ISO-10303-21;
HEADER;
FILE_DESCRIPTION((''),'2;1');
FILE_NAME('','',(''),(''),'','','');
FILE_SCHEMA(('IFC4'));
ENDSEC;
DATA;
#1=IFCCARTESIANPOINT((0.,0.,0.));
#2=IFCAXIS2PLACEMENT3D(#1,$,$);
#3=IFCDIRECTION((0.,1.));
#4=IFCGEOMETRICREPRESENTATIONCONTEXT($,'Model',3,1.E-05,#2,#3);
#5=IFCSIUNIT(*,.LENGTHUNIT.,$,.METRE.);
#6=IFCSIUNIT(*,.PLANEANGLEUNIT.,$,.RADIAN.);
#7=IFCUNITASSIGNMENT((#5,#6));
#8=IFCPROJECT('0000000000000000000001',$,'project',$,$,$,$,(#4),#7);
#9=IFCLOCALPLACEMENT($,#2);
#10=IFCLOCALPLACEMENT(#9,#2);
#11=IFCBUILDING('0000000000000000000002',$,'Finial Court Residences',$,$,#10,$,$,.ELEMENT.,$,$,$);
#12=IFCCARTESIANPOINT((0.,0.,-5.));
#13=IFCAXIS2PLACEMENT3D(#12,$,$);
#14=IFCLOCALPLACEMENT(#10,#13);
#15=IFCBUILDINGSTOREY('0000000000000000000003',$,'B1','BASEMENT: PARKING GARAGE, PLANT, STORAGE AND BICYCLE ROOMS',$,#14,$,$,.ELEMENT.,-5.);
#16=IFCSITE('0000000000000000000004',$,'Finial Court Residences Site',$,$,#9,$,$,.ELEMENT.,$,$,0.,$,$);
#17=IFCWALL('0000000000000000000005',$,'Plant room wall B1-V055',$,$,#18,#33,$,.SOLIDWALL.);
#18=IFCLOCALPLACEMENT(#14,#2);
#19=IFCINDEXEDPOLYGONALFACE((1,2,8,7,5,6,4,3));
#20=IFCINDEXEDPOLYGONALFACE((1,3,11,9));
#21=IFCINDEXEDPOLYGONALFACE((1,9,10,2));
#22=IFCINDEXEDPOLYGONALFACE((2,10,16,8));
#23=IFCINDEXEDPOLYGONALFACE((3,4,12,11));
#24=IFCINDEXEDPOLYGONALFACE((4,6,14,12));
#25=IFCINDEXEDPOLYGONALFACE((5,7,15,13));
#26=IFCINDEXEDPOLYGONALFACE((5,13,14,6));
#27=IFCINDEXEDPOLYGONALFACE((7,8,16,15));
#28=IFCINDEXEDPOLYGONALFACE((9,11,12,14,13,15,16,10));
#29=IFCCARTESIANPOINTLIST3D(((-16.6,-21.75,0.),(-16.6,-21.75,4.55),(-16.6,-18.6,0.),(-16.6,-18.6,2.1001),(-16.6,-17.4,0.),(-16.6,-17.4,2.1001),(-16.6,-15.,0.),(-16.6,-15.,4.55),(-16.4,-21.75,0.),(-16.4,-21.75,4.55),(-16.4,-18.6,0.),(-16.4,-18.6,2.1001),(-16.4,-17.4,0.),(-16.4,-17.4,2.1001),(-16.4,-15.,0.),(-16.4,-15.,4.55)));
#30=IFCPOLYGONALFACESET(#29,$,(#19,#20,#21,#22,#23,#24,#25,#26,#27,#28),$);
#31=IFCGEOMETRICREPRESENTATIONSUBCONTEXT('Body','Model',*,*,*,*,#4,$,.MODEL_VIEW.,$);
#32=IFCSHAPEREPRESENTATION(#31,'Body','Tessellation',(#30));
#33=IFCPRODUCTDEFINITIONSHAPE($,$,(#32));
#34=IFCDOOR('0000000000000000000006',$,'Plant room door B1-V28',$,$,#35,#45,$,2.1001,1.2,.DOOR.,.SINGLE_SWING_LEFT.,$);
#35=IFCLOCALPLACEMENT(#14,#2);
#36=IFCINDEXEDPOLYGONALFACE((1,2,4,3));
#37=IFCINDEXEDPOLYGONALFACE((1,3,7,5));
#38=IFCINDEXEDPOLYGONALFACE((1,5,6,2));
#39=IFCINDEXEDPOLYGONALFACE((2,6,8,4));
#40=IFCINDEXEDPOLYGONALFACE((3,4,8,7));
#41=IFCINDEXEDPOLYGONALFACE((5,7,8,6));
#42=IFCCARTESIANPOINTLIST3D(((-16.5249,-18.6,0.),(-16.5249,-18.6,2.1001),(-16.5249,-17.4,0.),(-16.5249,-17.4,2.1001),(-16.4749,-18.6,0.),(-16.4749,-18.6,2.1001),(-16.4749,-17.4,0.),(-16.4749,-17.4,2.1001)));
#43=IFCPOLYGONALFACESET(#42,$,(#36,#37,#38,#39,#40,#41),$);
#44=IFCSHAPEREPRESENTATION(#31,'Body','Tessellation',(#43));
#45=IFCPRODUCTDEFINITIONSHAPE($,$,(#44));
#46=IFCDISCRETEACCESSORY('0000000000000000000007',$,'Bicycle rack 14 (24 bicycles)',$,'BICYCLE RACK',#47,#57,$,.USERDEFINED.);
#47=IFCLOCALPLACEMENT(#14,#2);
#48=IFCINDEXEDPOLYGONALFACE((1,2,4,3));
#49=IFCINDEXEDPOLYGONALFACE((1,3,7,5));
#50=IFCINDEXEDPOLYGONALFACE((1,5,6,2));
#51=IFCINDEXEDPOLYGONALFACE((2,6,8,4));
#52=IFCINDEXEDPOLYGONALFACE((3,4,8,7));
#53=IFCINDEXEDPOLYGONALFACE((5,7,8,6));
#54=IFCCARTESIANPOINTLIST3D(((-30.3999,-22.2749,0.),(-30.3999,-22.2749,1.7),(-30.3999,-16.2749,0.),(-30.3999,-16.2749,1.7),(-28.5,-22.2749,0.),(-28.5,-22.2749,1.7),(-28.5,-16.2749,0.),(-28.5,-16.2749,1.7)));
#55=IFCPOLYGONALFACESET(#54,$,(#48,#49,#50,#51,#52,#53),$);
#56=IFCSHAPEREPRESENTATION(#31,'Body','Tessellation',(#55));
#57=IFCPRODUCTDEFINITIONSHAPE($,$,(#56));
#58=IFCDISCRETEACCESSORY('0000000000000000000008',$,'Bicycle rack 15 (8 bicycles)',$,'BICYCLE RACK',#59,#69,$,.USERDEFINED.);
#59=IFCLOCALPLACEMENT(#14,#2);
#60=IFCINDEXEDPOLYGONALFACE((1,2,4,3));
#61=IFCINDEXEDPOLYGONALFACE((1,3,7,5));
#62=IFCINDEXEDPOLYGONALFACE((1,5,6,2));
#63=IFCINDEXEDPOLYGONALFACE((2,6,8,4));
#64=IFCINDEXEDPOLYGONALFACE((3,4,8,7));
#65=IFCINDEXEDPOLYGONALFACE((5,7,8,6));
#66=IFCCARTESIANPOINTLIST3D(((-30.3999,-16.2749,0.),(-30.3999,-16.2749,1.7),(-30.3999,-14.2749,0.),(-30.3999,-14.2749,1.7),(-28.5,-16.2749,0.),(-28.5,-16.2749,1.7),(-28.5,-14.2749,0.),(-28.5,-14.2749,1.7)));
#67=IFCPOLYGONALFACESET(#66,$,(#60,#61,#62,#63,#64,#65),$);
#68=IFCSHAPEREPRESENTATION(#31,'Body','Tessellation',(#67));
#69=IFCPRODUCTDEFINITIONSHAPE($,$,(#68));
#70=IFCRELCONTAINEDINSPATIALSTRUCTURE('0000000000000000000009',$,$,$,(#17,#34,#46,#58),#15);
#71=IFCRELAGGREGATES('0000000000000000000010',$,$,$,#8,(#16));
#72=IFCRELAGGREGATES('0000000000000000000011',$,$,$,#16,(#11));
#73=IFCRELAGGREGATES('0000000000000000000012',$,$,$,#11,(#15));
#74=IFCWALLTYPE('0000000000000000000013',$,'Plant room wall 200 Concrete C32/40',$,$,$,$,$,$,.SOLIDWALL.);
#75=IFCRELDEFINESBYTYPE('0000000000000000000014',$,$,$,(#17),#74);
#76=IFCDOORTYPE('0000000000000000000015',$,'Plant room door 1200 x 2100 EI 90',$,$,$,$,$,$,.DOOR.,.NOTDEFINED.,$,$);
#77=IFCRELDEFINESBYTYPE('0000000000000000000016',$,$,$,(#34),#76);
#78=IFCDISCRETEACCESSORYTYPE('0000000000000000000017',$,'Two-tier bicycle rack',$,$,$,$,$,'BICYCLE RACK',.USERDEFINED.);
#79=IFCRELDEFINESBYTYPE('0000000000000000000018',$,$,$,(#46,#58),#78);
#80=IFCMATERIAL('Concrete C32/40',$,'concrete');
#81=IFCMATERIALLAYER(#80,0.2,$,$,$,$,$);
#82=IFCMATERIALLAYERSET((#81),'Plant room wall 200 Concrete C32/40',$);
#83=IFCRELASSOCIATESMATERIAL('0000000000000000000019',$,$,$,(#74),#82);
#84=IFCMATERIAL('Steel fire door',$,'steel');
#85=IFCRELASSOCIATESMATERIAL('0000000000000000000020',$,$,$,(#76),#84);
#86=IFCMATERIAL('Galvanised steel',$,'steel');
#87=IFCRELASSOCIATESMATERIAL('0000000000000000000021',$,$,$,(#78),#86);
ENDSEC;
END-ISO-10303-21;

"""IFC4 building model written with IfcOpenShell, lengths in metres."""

from ifc_helpers import new_model, si_unit, direction, frame, frame_2d, origin, origin_2d, place, context, subcontext, project, spatial, rectangle, extrude, material, layer, layer_set, type_object, element, fill, save


model = new_model("IFC4")

# Units and contexts
model_context = context("Model", 3, precision=1e-05, world=origin(), true_north=direction((0.0, 1.0)))
body_context = subcontext(model_context, "Body", "Model", "MODEL_VIEW")
ifc_project = project(units=[si_unit("LENGTHUNIT", "METRE"), si_unit("PLANEANGLEUNIT", "RADIAN")], contexts=[model_context])

# Site, building, storey
site_placement = place(None, origin())
site = spatial("IfcSite", under=ifc_project, at=site_placement, Name="Finial Court Residences Site", CompositionType="ELEMENT", RefElevation=0.0)
building_placement = place(site_placement, origin())
building = spatial("IfcBuilding", under=site, at=building_placement, Name="Finial Court Residences", CompositionType="ELEMENT")
storey_placement = place(building_placement, frame((0.0, 0.0, -5.0)))
storey = spatial("IfcBuildingStorey", under=building, at=storey_placement, Name="B1", Description="BASEMENT: PARKING GARAGE, PLANT, STORAGE AND BICYCLE ROOMS", CompositionType="ELEMENT", Elevation=-5.0)

# Shared definitions
ifc_material_1 = material(Name="Steel fire door", Category="steel")

# Shared definitions
ifc_material_2 = material(Name="Concrete C32/40", Category="concrete")
ifc_layer_1 = layer(ifc_material_2, 0.2)
ifc_layer_set_1 = layer_set([ifc_layer_1], Name="Plant room wall 200 Concrete C32/40")
wall_type_1 = type_object("IfcWallType", Name="Plant room wall 200 Concrete C32/40", PredefinedType="SOLIDWALL", material=ifc_layer_set_1)

# Wall, opening, door
wall_1_placement = place(storey_placement, frame((-16.5, -21.75, 0.0), z_axis=(0.0, 0.0, 1.0), x_axis=(0.0, 1.0, 0.0)))
wall_1 = element("IfcWall", 1, at=wall_1_placement, inside=storey, type_object=wall_type_1, Name="Plant room wall B1-V055", PredefinedType="SOLIDWALL", context=body_context, shape_type="SweptSolid", body=[
    extrude(rectangle(XDim=6.75, YDim=0.2, at=frame_2d((3.375, 0.0))), origin(), (0.0, 0.0, 1.0), 4.55),
])
opening_1_placement = place(wall_1_placement, frame((3.1499, 0.0, 0.0)))
opening_1 = element("IfcOpeningElement", 2, at=opening_1_placement, cuts=wall_1, PredefinedType="OPENING", context=body_context, shape_type="SweptSolid", body=[
    extrude(rectangle(XDim=1.2, YDim=2.1001, at=frame_2d((0.6001, 1.05))), frame((0.0, 0.1099, 0.0), z_axis=(0.0, -1.0, 0.0), x_axis=(1.0, 0.0, 0.0)), (0.0, 0.0, 1.0), 0.22),
])
door_type_1 = type_object("IfcDoorType", Name="Plant room door 1200 x 2100 EI 90", OperationType="NOTDEFINED", PredefinedType="DOOR", material=ifc_material_1)
door_1_placement = place(opening_1_placement, origin())
door_1 = element("IfcDoor", 3, at=door_1_placement, inside=storey, type_object=door_type_1, Name="Plant room door B1-V28", OperationType="SINGLE_SWING_LEFT", OverallHeight=2.1001, OverallWidth=1.2, PredefinedType="DOOR", context=body_context, shape_type="SweptSolid", body=[
    extrude(rectangle(XDim=1.2, YDim=2.1001, at=frame_2d((0.6001, 1.05))), frame((0.0, 0.0249, 0.0), z_axis=(0.0, -1.0, 0.0), x_axis=(1.0, 0.0, 0.0)), (0.0, 0.0, 1.0), 0.05),
])
fill(opening_1, door_1)

# Discrete accessories
ifc_material_3 = material(Name="Galvanised steel", Category="steel")
discrete_accessory_type = type_object("IfcDiscreteAccessoryType", Name="Two-tier bicycle rack", ElementType="BICYCLE RACK", PredefinedType="USERDEFINED", material=ifc_material_3)
discrete_accessory_1_placement = place(storey_placement, frame((-29.45, -19.2749, 0.0), z_axis=(0.0, 0.0, 1.0), x_axis=(1.0, 0.0, 0.0)))
element("IfcDiscreteAccessory", 4, at=discrete_accessory_1_placement, inside=storey, type_object=discrete_accessory_type, Name="Bicycle rack 14 (24 bicycles)", ObjectType="BICYCLE RACK", PredefinedType="USERDEFINED", context=body_context, shape_type="SweptSolid", body=[
    extrude(rectangle(XDim=1.8999, YDim=6.0, at=origin_2d()), origin(), (0.0, 0.0, 1.0), 1.7),
])
discrete_accessory_2_placement = place(storey_placement, frame((-29.45, -15.2749, 0.0), z_axis=(0.0, 0.0, 1.0), x_axis=(1.0, 0.0, 0.0)))
element("IfcDiscreteAccessory", 5, at=discrete_accessory_2_placement, inside=storey, type_object=discrete_accessory_type, Name="Bicycle rack 15 (8 bicycles)", ObjectType="BICYCLE RACK", PredefinedType="USERDEFINED", context=body_context, shape_type="SweptSolid", body=[
    extrude(rectangle(XDim=1.8999, YDim=2.0, at=origin_2d()), origin(), (0.0, 0.0, 1.0), 1.7),
])

save(model, "model.ifc")
